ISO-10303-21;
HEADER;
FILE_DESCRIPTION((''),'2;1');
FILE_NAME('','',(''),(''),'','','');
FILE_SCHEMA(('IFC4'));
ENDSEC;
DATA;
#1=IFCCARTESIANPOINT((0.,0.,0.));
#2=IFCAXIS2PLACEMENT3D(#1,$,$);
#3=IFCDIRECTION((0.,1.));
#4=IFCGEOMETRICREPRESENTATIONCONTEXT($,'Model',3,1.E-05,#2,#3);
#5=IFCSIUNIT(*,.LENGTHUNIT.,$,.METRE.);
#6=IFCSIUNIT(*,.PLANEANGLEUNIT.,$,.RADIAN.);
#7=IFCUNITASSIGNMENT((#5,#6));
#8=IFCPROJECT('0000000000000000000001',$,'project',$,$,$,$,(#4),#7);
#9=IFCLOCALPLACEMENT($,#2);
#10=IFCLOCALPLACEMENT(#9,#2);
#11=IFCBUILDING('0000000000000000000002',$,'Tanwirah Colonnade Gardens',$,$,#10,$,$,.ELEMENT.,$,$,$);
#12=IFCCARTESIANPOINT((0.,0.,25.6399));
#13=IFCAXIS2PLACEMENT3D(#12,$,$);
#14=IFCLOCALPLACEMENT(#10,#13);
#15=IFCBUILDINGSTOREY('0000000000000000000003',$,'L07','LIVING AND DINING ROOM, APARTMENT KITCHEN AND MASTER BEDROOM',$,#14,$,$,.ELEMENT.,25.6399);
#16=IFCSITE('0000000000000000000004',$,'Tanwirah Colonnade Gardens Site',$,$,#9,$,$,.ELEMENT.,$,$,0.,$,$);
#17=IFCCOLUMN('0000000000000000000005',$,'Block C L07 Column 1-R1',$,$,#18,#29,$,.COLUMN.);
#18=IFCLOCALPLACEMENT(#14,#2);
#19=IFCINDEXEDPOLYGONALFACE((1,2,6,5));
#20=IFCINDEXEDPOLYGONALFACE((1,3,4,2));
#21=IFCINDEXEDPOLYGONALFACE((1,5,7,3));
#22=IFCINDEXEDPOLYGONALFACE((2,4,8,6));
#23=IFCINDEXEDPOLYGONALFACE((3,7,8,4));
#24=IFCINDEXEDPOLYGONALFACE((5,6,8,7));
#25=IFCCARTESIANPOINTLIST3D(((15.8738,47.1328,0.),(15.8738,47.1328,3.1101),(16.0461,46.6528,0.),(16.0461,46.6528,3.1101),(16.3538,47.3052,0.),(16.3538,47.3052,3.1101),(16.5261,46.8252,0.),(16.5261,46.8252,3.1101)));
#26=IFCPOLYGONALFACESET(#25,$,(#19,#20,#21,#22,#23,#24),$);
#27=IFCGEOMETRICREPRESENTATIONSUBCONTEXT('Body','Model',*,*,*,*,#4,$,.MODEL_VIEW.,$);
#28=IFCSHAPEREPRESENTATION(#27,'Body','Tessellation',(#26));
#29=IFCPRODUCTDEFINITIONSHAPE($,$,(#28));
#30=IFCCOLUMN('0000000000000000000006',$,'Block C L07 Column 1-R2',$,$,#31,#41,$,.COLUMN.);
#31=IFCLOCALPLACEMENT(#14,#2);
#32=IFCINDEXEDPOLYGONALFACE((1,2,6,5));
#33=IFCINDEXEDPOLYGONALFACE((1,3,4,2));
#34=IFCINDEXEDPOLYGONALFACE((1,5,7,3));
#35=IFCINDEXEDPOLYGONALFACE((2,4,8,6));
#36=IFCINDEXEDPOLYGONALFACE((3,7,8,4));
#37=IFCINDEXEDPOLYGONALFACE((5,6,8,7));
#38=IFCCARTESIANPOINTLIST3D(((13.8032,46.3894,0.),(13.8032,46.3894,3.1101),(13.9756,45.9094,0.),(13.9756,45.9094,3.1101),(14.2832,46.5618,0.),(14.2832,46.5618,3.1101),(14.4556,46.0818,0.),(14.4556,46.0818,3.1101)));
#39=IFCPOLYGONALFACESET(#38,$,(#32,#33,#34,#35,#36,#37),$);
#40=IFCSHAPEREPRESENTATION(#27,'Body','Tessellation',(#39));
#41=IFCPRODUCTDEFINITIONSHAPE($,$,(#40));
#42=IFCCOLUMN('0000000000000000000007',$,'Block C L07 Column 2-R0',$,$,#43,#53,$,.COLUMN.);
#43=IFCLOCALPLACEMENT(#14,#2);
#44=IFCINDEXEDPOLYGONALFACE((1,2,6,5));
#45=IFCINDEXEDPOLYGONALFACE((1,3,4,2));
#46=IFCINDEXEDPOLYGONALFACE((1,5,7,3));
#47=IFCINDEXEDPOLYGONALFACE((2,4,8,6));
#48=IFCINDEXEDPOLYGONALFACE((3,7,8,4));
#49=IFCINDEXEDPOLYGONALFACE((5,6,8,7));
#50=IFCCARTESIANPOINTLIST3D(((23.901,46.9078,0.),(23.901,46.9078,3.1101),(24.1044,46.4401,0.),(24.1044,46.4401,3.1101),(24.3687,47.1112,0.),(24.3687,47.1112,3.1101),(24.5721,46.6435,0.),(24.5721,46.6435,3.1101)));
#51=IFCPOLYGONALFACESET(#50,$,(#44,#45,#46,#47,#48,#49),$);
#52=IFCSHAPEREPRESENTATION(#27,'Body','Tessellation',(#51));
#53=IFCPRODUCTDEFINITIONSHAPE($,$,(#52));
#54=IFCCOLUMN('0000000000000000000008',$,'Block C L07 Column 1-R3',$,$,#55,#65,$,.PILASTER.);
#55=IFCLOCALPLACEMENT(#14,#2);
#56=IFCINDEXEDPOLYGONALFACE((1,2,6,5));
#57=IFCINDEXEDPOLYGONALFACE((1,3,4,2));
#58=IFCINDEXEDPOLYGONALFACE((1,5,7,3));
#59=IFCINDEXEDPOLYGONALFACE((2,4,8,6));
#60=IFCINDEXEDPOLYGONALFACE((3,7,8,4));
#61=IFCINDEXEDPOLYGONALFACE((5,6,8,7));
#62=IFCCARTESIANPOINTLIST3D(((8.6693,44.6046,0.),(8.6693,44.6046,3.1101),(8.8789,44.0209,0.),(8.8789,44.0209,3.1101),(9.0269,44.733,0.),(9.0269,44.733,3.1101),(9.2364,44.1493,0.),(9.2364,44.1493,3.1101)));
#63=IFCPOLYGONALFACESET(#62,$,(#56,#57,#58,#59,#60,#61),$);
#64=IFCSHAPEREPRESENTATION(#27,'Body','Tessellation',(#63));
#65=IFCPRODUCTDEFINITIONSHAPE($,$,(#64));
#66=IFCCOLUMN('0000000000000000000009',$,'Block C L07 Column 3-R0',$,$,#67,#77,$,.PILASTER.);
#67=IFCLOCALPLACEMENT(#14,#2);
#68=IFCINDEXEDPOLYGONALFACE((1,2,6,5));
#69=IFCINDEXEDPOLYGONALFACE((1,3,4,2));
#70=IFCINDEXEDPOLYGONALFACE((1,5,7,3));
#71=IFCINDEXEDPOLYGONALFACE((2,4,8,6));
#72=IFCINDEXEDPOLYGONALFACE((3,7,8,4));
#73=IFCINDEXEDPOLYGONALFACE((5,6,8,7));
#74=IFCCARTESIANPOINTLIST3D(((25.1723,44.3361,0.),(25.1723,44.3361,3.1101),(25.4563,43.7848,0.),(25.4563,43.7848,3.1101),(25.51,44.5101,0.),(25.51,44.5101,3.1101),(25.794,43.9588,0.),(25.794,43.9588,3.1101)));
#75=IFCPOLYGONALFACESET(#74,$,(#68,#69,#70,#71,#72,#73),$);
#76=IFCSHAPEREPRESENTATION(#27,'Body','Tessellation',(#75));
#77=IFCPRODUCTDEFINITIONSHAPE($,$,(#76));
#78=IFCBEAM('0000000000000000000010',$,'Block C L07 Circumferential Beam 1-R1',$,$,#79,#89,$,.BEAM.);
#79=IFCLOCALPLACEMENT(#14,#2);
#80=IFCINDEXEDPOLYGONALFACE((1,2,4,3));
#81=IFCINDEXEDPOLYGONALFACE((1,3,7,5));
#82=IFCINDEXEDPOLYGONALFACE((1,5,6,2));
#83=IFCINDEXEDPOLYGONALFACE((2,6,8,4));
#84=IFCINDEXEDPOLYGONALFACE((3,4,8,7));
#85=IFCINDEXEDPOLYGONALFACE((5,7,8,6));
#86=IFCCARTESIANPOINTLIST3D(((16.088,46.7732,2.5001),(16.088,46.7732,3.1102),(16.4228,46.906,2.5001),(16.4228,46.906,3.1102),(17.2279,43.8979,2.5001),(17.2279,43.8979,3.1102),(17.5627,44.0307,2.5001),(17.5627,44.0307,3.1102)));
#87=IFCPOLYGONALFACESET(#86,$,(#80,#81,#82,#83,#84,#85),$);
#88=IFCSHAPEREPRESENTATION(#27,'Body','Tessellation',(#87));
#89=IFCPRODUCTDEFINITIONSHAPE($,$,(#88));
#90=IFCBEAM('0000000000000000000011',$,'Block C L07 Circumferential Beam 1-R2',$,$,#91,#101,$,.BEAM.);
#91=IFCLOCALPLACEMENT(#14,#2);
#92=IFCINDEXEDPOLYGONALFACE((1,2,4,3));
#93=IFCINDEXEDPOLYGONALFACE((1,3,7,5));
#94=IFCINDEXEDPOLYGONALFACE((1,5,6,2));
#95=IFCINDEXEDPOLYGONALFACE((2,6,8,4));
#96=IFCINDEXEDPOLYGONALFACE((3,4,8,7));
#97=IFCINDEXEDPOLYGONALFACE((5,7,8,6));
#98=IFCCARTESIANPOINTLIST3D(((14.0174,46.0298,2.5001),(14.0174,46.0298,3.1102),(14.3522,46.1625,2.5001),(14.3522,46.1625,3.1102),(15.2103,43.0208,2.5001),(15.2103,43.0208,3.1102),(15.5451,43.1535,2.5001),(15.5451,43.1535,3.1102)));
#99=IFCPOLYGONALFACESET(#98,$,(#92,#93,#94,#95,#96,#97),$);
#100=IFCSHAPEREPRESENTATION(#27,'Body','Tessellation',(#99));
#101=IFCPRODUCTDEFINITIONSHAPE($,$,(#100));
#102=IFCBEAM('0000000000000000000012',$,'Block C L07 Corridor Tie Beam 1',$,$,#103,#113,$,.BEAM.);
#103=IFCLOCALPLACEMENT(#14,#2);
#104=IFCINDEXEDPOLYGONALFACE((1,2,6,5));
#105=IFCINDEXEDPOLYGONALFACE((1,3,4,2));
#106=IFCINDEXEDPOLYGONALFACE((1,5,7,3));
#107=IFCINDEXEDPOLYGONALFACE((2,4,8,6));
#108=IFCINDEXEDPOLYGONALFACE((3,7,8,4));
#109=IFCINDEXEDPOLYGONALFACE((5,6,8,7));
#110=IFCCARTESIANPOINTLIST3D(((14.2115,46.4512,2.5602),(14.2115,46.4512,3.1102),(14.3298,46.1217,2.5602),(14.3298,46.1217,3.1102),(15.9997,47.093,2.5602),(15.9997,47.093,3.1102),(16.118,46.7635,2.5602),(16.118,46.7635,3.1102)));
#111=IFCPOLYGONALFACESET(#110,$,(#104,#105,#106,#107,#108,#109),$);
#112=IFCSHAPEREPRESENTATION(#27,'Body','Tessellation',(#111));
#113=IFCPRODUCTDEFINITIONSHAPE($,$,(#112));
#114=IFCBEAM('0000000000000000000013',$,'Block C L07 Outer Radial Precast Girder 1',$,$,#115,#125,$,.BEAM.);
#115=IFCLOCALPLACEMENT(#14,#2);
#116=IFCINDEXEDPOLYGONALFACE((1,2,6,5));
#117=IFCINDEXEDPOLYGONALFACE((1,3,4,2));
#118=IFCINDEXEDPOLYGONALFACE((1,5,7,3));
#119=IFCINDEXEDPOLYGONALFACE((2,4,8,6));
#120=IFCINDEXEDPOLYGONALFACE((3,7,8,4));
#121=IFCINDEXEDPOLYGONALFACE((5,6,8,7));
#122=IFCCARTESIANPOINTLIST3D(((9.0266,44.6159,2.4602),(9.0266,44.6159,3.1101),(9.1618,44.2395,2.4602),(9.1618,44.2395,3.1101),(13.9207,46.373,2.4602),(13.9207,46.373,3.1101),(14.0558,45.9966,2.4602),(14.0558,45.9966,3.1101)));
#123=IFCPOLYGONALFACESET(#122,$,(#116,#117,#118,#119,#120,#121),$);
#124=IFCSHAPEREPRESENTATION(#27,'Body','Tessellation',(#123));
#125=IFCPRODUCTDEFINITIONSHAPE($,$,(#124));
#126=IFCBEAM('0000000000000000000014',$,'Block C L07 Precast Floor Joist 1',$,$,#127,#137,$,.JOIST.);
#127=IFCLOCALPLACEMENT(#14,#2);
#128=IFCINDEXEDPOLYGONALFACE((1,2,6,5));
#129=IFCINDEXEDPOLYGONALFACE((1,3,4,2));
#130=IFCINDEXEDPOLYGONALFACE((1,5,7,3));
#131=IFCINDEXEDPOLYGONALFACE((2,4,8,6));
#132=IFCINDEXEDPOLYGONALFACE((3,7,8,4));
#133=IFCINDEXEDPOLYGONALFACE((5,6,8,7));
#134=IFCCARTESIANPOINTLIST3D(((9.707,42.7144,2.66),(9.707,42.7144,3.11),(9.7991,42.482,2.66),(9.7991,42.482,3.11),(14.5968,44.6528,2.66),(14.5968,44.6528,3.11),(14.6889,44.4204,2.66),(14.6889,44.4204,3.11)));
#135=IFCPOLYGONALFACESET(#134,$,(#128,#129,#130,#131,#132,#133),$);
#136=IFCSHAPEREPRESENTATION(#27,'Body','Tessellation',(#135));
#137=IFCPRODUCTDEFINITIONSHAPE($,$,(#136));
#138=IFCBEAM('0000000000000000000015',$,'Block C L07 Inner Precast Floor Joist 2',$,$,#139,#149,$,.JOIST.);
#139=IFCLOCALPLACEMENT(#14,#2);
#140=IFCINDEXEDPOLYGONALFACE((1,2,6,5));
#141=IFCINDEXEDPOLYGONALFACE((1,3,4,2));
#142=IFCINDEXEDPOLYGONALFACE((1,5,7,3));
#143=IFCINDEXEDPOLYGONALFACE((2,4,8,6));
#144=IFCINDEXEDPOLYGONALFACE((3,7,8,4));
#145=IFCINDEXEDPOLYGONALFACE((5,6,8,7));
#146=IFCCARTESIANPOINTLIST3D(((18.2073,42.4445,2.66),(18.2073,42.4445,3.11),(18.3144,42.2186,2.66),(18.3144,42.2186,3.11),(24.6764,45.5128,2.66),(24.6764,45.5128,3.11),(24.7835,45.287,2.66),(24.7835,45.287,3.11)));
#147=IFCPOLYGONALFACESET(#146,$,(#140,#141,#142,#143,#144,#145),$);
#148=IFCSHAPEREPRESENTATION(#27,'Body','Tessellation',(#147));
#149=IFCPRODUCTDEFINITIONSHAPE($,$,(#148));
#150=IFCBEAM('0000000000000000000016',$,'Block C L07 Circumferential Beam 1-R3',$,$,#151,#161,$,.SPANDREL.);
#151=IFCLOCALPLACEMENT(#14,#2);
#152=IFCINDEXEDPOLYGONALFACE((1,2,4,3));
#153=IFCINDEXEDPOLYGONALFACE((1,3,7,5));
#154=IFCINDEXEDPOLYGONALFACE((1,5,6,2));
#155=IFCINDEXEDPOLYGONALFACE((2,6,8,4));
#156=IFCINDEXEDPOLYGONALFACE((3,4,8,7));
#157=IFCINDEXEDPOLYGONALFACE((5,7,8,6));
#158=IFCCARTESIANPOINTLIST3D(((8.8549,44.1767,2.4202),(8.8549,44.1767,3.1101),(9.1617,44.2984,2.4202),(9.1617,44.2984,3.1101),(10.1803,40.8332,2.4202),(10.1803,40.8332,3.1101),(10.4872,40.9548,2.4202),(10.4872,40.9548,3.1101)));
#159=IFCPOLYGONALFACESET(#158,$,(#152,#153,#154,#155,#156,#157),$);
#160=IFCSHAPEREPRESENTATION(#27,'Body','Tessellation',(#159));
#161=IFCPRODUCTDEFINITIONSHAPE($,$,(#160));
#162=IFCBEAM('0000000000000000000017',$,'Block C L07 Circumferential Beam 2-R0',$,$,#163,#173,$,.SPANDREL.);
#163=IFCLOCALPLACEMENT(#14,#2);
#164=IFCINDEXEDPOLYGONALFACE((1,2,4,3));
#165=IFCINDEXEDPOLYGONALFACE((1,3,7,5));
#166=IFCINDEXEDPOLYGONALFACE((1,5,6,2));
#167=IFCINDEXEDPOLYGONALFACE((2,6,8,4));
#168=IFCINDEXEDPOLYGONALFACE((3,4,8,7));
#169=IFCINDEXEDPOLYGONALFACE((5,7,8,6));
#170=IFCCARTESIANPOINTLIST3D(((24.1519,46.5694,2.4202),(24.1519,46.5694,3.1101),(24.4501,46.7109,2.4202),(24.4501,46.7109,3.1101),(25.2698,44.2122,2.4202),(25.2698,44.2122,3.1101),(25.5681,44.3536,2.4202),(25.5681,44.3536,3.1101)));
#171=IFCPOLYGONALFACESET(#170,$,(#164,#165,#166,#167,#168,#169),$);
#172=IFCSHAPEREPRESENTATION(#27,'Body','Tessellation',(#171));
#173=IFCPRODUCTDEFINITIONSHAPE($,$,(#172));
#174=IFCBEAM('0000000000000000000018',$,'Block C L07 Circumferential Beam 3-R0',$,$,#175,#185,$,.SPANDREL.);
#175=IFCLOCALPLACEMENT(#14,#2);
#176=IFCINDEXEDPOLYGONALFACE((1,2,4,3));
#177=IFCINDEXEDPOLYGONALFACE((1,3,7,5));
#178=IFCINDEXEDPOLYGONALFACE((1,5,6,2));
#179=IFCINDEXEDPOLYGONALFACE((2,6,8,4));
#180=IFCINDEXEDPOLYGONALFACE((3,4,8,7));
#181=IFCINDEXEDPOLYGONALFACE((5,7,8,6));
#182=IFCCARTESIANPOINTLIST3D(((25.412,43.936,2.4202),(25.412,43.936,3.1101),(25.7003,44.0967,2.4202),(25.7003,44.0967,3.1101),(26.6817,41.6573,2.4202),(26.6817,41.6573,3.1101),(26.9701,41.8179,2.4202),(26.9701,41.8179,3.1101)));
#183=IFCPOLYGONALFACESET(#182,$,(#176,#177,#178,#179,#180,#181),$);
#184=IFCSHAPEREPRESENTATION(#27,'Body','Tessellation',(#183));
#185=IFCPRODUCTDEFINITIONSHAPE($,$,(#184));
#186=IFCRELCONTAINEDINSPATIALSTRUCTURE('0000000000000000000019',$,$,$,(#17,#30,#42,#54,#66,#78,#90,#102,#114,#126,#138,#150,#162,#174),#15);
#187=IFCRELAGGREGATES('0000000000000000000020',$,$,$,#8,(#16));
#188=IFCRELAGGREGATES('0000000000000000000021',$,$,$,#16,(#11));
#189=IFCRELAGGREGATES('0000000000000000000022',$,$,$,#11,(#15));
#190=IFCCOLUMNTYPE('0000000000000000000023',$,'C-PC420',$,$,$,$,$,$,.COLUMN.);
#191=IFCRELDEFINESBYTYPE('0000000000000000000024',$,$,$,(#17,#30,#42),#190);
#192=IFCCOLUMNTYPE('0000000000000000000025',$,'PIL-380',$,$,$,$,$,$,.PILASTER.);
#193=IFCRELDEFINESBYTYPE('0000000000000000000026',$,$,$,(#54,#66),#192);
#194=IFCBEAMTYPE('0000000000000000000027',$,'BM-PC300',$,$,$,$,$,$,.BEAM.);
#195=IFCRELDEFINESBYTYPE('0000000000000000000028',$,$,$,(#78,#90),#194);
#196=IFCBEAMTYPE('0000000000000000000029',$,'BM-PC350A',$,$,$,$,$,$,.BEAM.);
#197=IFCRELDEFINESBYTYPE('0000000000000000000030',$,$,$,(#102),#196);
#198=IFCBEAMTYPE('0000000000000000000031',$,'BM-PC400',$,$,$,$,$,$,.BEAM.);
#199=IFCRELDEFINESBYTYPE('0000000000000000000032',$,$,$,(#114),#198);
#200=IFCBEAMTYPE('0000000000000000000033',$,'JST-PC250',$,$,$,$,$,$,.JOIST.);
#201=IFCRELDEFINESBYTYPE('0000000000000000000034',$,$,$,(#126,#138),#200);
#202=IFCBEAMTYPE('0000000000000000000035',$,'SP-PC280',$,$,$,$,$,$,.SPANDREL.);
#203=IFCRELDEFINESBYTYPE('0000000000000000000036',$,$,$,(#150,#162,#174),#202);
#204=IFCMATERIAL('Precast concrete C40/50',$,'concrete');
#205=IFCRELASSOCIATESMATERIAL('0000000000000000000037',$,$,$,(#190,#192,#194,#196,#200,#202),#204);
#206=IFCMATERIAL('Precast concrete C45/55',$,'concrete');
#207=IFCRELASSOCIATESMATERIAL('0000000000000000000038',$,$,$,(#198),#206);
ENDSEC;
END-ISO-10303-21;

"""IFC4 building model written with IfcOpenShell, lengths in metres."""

from ifc_helpers import new_model, si_unit, direction, frame, origin, origin_2d, place, context, subcontext, project, spatial, rectangle, extrude, material, material_profile, profile_set, type_object, element, save


model = new_model("IFC4")

# Units and contexts
model_context = context("Model", 3, precision=1e-05, world=origin(), true_north=direction((0.0, 1.0)))
body_context = subcontext(model_context, "Body", "Model", "MODEL_VIEW")
ifc_project = project(units=[si_unit("LENGTHUNIT", "METRE"), si_unit("PLANEANGLEUNIT", "RADIAN")], contexts=[model_context])

# Site, building, storey
site_placement = place(None, origin())
site = spatial("IfcSite", under=ifc_project, at=site_placement, Name="Tanwirah Colonnade Gardens Site", CompositionType="ELEMENT", RefElevation=0.0)
building_placement = place(site_placement, origin())
building = spatial("IfcBuilding", under=site, at=building_placement, Name="Tanwirah Colonnade Gardens", CompositionType="ELEMENT")
storey_placement = place(building_placement, frame((0.0, 0.0, 25.6399)))
storey = spatial("IfcBuildingStorey", under=building, at=storey_placement, Name="L07", Description="LIVING AND DINING ROOM, APARTMENT KITCHEN AND MASTER BEDROOM", CompositionType="ELEMENT", Elevation=25.6399)

# Columns
ifc_material_1 = material(Name="Precast concrete C40/50", Category="concrete")
ifc_material_profile_1 = material_profile(ifc_material_1, rectangle(XDim=0.51, YDim=0.51, at=origin_2d()), Name="PC-COL 510x510")
ifc_profile_set_1 = profile_set([ifc_material_profile_1], Name="Precast concrete C40/50")
column_type_1 = type_object("IfcColumnType", Name="C-PC420", PredefinedType="COLUMN", material=ifc_profile_set_1)
for number, where, z_axis, x_axis, name in (
    (1, (16.2, 46.979, 0.0), (0.0, 0.0, 1.0), (-0.941176, -0.337917, 0.0), "Block C L07 Column 1-R1"),
    (2, (14.1294, 46.2356, 0.0), (0.0, 0.0, 1.0), (-0.941176, -0.337917, 0.0), "Block C L07 Column 1-R2"),
    (3, (24.2366, 46.7756, 0.0), (0.0, 0.0, 1.0), (-0.91706, -0.398749, 0.0), "Block C L07 Column 2-R0"),
):
    element("IfcColumn", number, at=place(storey_placement, frame(where, z_axis=z_axis, x_axis=x_axis)), inside=storey, type_object=column_type_1, Name=name, PredefinedType="COLUMN", context=body_context, shape_type="SweptSolid", body=[
        extrude(rectangle(XDim=0.51, YDim=0.51, at=origin_2d()), origin(), (0.0, 0.0, 1.0), 3.1101),
    ])
ifc_material_profile_2 = material_profile(ifc_material_1, rectangle(XDim=0.3799, YDim=0.6201, at=origin_2d()), Name="PC-PIL 380x620")
ifc_profile_set_2 = profile_set([ifc_material_profile_2], Name="Precast concrete C40/50")
column_type_2 = type_object("IfcColumnType", Name="PIL-380", PredefinedType="PILASTER", material=ifc_profile_set_2)
for number, where, z_axis, x_axis, name in (
    (4, (8.9529, 44.377, 0.0), (0.0, 0.0, 1.0), (-0.941176, -0.337917, 0.0), "Block C L07 Column 1-R3"),
    (5, (25.4832, 44.1475, 0.0), (0.0, 0.0, 1.0), (-0.889017, -0.457874, 0.0), "Block C L07 Column 3-R0"),
):
    element("IfcColumn", number, at=place(storey_placement, frame(where, z_axis=z_axis, x_axis=x_axis)), inside=storey, type_object=column_type_2, Name=name, PredefinedType="PILASTER", context=body_context, shape_type="SweptSolid", body=[
        extrude(rectangle(XDim=0.3799, YDim=0.6201, at=origin_2d()), origin(), (0.0, 0.0, 1.0), 3.1101),
    ])

# Beams
ifc_material_profile_3 = material_profile(ifc_material_1, rectangle(XDim=0.3601, YDim=0.6101, at=origin_2d()), Name="PC-BM 360x610")
ifc_profile_set_3 = profile_set([ifc_material_profile_3], Name="Precast concrete C40/50")
beam_type_1 = type_object("IfcBeamType", Name="BM-PC300", PredefinedType="BEAM", material=ifc_profile_set_3)
beam_1_placement = place(storey_placement, frame((16.2554, 46.8396, 2.8052), z_axis=(0.368545, -0.92961, 0.0), x_axis=(0.92961, 0.368545, 0.0)))
element("IfcBeam", 6, at=beam_1_placement, inside=storey, type_object=beam_type_1, Name="Block C L07 Circumferential Beam 1-R1", PredefinedType="BEAM", context=body_context, shape_type="SweptSolid", body=[
    extrude(rectangle(XDim=0.3601, YDim=0.6101, at=origin_2d()), origin(), (0.0, 0.0, 1.0), 3.093),
])
beam_2_placement = place(storey_placement, frame((14.1848, 46.0962, 2.8052), z_axis=(0.368528, -0.929617, 0.0), x_axis=(0.929617, 0.368528, 0.0)))
element("IfcBeam", 7, at=beam_2_placement, inside=storey, type_object=beam_type_1, Name="Block C L07 Circumferential Beam 1-R2", PredefinedType="BEAM", context=body_context, shape_type="SweptSolid", body=[
    extrude(rectangle(XDim=0.3601, YDim=0.6101, at=origin_2d()), origin(), (0.0, 0.0, 1.0), 3.2368),
])
ifc_material_profile_4 = material_profile(ifc_material_1, rectangle(XDim=0.3501, YDim=0.55, at=origin_2d()), Name="PC-BM 350x550")
ifc_profile_set_4 = profile_set([ifc_material_profile_4], Name="Precast concrete C40/50")
beam_type_2 = type_object("IfcBeamType", Name="BM-PC350A", PredefinedType="BEAM", material=ifc_profile_set_4)
beam_3_placement = place(storey_placement, frame((16.0588, 46.9282, 2.8352), z_axis=(-0.941215, -0.337809, 0.0), x_axis=(0.337809, -0.941215, 0.0)))
element("IfcBeam", 8, at=beam_3_placement, inside=storey, type_object=beam_type_2, Name="Block C L07 Corridor Tie Beam 1", PredefinedType="BEAM", context=body_context, shape_type="SweptSolid", body=[
    extrude(rectangle(XDim=0.3501, YDim=0.55, at=origin_2d()), origin(), (0.0, 0.0, 1.0), 1.8999),
])
ifc_material_2 = material(Name="Precast concrete C45/55", Category="concrete")
ifc_material_profile_5 = material_profile(ifc_material_2, rectangle(XDim=0.3999, YDim=0.6499, at=origin_2d()), Name="PC-BM 400x650")
ifc_profile_set_5 = profile_set([ifc_material_profile_5], Name="Precast concrete C45/55")
beam_type_3 = type_object("IfcBeamType", Name="BM-PC400", PredefinedType="BEAM", material=ifc_profile_set_5)
beam_4_placement = place(storey_placement, frame((13.9883, 46.1848, 2.7852), z_axis=(-0.94118, -0.337906, 0.0), x_axis=(0.337906, -0.94118, 0.0)))
element("IfcBeam", 9, at=beam_4_placement, inside=storey, type_object=beam_type_3, Name="Block C L07 Outer Radial Precast Girder 1", PredefinedType="BEAM", context=body_context, shape_type="SweptSolid", body=[
    extrude(rectangle(XDim=0.3999, YDim=0.6499, at=origin_2d()), origin(), (0.0, 0.0, 1.0), 5.2),
])
ifc_material_profile_6 = material_profile(ifc_material_1, rectangle(XDim=0.25, YDim=0.45, at=origin_2d()), Name="PC-JST 250x450")
ifc_profile_set_6 = profile_set([ifc_material_profile_6], Name="Precast concrete C40/50")
beam_type_4 = type_object("IfcBeamType", Name="JST-PC250", PredefinedType="JOIST", material=ifc_profile_set_6)
beam_5_placement = place(storey_placement, frame((14.6428, 44.5366, 2.885), z_axis=(-0.929618, -0.368524, 0.0), x_axis=(0.368524, -0.929618, 0.0)))
element("IfcBeam", 10, at=beam_5_placement, inside=storey, type_object=beam_type_4, Name="Block C L07 Precast Floor Joist 1", PredefinedType="JOIST", context=body_context, shape_type="SweptSolid", body=[
    extrude(rectangle(XDim=0.25, YDim=0.45, at=origin_2d()), origin(), (0.0, 0.0, 1.0), 5.26),
])
beam_6_placement = place(storey_placement, frame((24.73, 45.3999, 2.885), z_axis=(-0.903522, -0.428541, 0.0), x_axis=(0.428541, -0.903522, 0.0)))
element("IfcBeam", 11, at=beam_6_placement, inside=storey, type_object=beam_type_4, Name="Block C L07 Inner Precast Floor Joist 2", PredefinedType="JOIST", context=body_context, shape_type="SweptSolid", body=[
    extrude(rectangle(XDim=0.25, YDim=0.45, at=origin_2d()), origin(), (0.0, 0.0, 1.0), 7.1599),
])
ifc_material_profile_7 = material_profile(ifc_material_1, rectangle(XDim=0.3301, YDim=0.6899, at=origin_2d()), Name="PC-SP 330x690")
ifc_profile_set_7 = profile_set([ifc_material_profile_7], Name="Precast concrete C40/50")
beam_type_5 = type_object("IfcBeamType", Name="SP-PC280", PredefinedType="SPANDREL", material=ifc_profile_set_7)
beam_7_placement = place(storey_placement, frame((9.0083, 44.2375, 2.7651), z_axis=(0.368522, -0.929619, 0.0), x_axis=(0.929619, 0.368522, 0.0)))
element("IfcBeam", 12, at=beam_7_placement, inside=storey, type_object=beam_type_5, Name="Block C L07 Circumferential Beam 1-R3", PredefinedType="SPANDREL", context=body_context, shape_type="SweptSolid", body=[
    extrude(rectangle(XDim=0.3301, YDim=0.6899, at=origin_2d()), origin(), (0.0, 0.0, 1.0), 3.5967),
])
beam_8_placement = place(storey_placement, frame((24.301, 46.6401, 2.7651), z_axis=(0.428513, -0.903536, 0.0), x_axis=(0.903536, 0.428513, 0.0)))
element("IfcBeam", 13, at=beam_8_placement, inside=storey, type_object=beam_type_5, Name="Block C L07 Circumferential Beam 2-R0", PredefinedType="SPANDREL", context=body_context, shape_type="SweptSolid", body=[
    extrude(rectangle(XDim=0.3301, YDim=0.6899, at=origin_2d()), origin(), (0.0, 0.0, 1.0), 2.6089),
])
beam_9_placement = place(storey_placement, frame((25.5562, 44.0164, 2.7651), z_axis=(0.486747, -0.873543, 0.0), x_axis=(0.873543, 0.486747, 0.0)))
element("IfcBeam", 14, at=beam_9_placement, inside=storey, type_object=beam_type_5, Name="Block C L07 Circumferential Beam 3-R0", PredefinedType="SPANDREL", context=body_context, shape_type="SweptSolid", body=[
    extrude(rectangle(XDim=0.3301, YDim=0.6899, at=origin_2d()), origin(), (0.0, 0.0, 1.0), 2.6086),
])

save(model, "model.ifc")
